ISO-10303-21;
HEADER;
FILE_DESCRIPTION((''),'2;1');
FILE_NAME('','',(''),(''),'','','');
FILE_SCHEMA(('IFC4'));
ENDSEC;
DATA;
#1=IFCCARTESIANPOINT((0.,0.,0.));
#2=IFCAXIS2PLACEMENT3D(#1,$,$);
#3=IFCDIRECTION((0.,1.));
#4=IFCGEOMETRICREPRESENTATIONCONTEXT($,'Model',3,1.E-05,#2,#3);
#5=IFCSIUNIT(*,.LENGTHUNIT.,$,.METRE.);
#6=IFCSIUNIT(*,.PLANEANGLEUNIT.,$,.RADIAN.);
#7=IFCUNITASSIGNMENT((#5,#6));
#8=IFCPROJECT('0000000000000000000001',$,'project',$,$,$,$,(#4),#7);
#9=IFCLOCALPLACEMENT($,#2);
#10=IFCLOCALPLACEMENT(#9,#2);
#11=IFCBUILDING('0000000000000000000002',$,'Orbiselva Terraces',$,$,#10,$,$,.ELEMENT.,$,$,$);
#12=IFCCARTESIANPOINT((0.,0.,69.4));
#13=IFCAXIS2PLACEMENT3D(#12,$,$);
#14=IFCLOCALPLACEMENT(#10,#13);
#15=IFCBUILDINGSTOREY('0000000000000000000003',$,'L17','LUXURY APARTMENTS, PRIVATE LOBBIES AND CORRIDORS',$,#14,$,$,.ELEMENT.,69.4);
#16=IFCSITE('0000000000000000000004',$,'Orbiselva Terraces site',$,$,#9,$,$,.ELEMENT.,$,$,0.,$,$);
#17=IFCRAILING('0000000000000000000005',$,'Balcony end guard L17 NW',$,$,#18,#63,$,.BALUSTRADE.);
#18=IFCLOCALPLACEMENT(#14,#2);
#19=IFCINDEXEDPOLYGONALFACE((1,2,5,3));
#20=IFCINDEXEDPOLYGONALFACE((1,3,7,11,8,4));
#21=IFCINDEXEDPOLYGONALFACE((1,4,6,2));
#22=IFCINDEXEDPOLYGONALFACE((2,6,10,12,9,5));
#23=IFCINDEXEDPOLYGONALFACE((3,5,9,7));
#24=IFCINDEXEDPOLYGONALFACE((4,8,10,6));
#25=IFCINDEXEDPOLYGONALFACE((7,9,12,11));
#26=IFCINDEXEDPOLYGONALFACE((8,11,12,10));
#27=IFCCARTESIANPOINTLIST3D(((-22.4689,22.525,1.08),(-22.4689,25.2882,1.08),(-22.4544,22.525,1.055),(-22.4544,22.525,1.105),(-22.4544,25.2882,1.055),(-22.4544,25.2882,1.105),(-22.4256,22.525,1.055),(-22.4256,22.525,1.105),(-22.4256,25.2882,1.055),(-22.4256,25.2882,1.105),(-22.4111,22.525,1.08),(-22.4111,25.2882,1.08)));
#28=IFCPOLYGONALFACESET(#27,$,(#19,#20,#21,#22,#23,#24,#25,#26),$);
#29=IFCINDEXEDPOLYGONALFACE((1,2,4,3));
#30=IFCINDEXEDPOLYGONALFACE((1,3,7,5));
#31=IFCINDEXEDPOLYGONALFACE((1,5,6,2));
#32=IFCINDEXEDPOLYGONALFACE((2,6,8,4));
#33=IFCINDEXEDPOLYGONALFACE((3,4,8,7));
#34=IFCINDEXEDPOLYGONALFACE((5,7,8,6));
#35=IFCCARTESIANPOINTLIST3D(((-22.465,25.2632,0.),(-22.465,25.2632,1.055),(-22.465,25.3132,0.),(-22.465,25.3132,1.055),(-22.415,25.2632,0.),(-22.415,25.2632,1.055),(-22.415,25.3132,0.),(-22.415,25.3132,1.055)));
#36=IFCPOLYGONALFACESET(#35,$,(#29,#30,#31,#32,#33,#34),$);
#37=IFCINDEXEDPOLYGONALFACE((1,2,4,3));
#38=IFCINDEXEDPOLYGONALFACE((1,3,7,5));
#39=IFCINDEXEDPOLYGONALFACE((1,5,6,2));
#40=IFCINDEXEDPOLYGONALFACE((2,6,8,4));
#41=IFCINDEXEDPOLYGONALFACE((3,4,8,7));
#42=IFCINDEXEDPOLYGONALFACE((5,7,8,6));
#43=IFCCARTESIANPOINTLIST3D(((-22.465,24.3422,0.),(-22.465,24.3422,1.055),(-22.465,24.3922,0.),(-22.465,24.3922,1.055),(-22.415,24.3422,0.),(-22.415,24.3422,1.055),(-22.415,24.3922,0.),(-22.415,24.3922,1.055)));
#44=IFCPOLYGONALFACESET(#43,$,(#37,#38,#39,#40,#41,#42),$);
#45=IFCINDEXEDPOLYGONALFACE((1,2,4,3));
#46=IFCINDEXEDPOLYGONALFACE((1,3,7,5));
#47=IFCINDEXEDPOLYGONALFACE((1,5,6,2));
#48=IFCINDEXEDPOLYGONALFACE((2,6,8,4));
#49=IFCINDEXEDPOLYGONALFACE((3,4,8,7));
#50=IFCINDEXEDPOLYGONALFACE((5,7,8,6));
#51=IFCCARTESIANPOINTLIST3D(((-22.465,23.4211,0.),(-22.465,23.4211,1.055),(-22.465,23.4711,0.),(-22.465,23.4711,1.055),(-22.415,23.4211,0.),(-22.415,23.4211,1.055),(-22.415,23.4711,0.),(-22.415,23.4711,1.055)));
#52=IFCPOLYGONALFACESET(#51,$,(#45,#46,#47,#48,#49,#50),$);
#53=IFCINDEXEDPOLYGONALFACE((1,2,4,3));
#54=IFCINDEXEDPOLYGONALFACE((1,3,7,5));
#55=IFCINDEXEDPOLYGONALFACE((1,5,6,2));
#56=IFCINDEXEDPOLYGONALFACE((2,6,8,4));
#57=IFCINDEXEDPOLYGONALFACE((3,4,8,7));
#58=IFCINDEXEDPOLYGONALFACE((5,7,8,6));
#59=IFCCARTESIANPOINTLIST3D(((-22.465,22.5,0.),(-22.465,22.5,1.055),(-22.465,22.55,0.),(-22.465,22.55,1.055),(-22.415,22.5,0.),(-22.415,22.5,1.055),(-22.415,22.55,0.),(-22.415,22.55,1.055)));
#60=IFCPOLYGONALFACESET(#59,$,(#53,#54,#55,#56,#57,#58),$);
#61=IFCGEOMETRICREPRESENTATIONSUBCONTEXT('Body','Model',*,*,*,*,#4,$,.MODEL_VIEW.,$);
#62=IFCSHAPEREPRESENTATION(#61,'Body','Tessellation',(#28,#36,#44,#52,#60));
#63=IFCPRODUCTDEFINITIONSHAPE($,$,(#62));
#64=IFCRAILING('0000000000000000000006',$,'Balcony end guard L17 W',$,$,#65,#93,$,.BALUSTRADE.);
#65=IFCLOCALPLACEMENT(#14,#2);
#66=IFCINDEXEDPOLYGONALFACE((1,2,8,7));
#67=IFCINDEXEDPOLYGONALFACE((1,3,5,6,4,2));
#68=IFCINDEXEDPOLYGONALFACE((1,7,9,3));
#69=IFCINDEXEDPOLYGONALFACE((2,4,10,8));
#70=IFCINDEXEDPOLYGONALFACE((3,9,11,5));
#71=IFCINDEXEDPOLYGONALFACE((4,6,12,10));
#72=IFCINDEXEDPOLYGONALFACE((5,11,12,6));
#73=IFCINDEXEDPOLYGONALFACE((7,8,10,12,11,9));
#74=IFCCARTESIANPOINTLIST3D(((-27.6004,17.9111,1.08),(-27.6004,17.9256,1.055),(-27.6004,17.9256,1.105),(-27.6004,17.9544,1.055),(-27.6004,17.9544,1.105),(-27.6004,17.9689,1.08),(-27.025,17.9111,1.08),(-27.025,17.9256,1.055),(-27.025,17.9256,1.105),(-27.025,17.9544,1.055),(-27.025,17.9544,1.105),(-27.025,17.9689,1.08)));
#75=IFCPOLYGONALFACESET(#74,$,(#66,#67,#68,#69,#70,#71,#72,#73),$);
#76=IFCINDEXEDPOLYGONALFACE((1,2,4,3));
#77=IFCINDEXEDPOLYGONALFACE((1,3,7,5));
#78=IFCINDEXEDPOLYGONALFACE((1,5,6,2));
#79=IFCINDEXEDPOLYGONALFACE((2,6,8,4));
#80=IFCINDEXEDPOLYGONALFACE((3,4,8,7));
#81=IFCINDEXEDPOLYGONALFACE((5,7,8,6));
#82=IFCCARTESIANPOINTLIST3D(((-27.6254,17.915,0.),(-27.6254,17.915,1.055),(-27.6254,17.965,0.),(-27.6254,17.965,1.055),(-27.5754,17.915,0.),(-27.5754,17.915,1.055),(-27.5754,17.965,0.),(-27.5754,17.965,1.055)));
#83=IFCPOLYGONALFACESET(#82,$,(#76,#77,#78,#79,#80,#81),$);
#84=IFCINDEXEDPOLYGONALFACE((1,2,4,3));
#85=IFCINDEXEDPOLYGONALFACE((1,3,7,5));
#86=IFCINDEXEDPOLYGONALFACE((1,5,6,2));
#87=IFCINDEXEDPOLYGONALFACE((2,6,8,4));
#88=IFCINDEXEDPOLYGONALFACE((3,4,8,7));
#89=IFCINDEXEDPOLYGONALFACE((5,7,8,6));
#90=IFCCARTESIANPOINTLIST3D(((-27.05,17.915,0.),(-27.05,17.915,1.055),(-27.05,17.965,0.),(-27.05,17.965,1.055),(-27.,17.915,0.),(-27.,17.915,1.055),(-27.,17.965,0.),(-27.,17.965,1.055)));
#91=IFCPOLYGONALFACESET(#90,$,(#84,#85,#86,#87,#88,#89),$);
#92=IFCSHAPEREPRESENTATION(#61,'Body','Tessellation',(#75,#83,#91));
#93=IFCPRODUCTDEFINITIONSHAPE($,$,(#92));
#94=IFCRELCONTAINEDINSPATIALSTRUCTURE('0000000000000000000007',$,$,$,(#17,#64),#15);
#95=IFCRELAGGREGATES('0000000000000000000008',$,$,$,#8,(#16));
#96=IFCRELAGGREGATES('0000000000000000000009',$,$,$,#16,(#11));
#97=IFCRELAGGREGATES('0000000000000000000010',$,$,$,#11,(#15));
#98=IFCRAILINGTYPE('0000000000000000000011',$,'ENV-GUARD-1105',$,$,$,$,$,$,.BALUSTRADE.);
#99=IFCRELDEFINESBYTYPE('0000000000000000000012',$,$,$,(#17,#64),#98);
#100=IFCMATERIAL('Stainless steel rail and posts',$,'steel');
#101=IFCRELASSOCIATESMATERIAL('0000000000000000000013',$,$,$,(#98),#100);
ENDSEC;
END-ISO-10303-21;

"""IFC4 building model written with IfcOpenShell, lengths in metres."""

from ifc_helpers import new_model, si_unit, direction, frame, origin, origin_2d, place, context, subcontext, project, spatial, polyline, rectangle, outline, extrude, material, type_object, element, save


model = new_model("IFC4")

# Units and contexts
model_context = context("Model", 3, precision=1e-05, world=origin(), true_north=direction((0.0, 1.0)))
body_context = subcontext(model_context, "Body", "Model", "MODEL_VIEW")
ifc_project = project(units=[si_unit("LENGTHUNIT", "METRE"), si_unit("PLANEANGLEUNIT", "RADIAN")], contexts=[model_context])

# Site, building, storey
site_placement = place(None, origin())
site = spatial("IfcSite", under=ifc_project, at=site_placement, Name="Orbiselva Terraces site", CompositionType="ELEMENT", RefElevation=0.0)
building_placement = place(site_placement, origin())
building = spatial("IfcBuilding", under=site, at=building_placement, Name="Orbiselva Terraces", CompositionType="ELEMENT")
storey_placement = place(building_placement, frame((0.0, 0.0, 69.4)))
storey = spatial("IfcBuildingStorey", under=building, at=storey_placement, Name="L17", Description="LUXURY APARTMENTS, PRIVATE LOBBIES AND CORRIDORS", CompositionType="ELEMENT", Elevation=69.4)

# Railings
ifc_material_1 = material(Name="Stainless steel rail and posts", Category="steel")
railing_type_1 = type_object("IfcRailingType", Name="ENV-GUARD-1105", PredefinedType="BALUSTRADE", material=ifc_material_1)
railing_1_placement = place(storey_placement, frame((-22.44, 25.2882, 0.0)))
element("IfcRailing", 1, at=railing_1_placement, inside=storey, type_object=railing_type_1, Name="Balcony end guard L17 NW", PredefinedType="BALUSTRADE", context=body_context, shape_type="SweptSolid", body=[
    extrude(outline(polyline([(0.0289, 0.0), (0.0144, 0.025), (-0.0144, 0.025), (-0.0289, 0.0), (-0.0144, -0.025), (0.0144, -0.025), (0.0289, 0.0)])), frame((0.0, 0.0, 1.08), z_axis=(0.0, -1.0, 0.0), x_axis=(1.0, 0.0, 0.0)), (0.0, 0.0, 1.0), 2.7632),
    extrude(rectangle(XDim=0.05, YDim=0.05, at=origin_2d()), origin(), (0.0, 0.0, 1.0), 1.055),
    extrude(rectangle(XDim=0.05, YDim=0.05, at=origin_2d()), frame((0.0, -0.9211, 0.0)), (0.0, 0.0, 1.0), 1.055),
    extrude(rectangle(XDim=0.05, YDim=0.05, at=origin_2d()), frame((0.0, -1.8422, 0.0)), (0.0, 0.0, 1.0), 1.055),
    extrude(rectangle(XDim=0.05, YDim=0.05, at=origin_2d()), frame((0.0, -2.7632, 0.0)), (0.0, 0.0, 1.0), 1.055),
])
railing_2_placement = place(storey_placement, frame((-27.6004, 17.94, 0.0)))
element("IfcRailing", 2, at=railing_2_placement, inside=storey, type_object=railing_type_1, Name="Balcony end guard L17 W", PredefinedType="BALUSTRADE", context=body_context, shape_type="SweptSolid", body=[
    extrude(outline(polyline([(0.0289, 0.0), (0.0144, 0.025), (-0.0144, 0.025), (-0.0289, 0.0), (-0.0144, -0.025), (0.0144, -0.025), (0.0289, 0.0)])), frame((0.0, 0.0, 1.08), z_axis=(1.0, 0.0, 0.0), x_axis=(0.0, 1.0, 0.0)), (0.0, 0.0, 1.0), 0.5754),
    extrude(rectangle(XDim=0.05, YDim=0.05, at=origin_2d()), origin(), (0.0, 0.0, 1.0), 1.055),
    extrude(rectangle(XDim=0.05, YDim=0.05, at=origin_2d()), frame((0.5754, 0.0, 0.0)), (0.0, 0.0, 1.0), 1.055),
])

save(model, "model.ifc")
